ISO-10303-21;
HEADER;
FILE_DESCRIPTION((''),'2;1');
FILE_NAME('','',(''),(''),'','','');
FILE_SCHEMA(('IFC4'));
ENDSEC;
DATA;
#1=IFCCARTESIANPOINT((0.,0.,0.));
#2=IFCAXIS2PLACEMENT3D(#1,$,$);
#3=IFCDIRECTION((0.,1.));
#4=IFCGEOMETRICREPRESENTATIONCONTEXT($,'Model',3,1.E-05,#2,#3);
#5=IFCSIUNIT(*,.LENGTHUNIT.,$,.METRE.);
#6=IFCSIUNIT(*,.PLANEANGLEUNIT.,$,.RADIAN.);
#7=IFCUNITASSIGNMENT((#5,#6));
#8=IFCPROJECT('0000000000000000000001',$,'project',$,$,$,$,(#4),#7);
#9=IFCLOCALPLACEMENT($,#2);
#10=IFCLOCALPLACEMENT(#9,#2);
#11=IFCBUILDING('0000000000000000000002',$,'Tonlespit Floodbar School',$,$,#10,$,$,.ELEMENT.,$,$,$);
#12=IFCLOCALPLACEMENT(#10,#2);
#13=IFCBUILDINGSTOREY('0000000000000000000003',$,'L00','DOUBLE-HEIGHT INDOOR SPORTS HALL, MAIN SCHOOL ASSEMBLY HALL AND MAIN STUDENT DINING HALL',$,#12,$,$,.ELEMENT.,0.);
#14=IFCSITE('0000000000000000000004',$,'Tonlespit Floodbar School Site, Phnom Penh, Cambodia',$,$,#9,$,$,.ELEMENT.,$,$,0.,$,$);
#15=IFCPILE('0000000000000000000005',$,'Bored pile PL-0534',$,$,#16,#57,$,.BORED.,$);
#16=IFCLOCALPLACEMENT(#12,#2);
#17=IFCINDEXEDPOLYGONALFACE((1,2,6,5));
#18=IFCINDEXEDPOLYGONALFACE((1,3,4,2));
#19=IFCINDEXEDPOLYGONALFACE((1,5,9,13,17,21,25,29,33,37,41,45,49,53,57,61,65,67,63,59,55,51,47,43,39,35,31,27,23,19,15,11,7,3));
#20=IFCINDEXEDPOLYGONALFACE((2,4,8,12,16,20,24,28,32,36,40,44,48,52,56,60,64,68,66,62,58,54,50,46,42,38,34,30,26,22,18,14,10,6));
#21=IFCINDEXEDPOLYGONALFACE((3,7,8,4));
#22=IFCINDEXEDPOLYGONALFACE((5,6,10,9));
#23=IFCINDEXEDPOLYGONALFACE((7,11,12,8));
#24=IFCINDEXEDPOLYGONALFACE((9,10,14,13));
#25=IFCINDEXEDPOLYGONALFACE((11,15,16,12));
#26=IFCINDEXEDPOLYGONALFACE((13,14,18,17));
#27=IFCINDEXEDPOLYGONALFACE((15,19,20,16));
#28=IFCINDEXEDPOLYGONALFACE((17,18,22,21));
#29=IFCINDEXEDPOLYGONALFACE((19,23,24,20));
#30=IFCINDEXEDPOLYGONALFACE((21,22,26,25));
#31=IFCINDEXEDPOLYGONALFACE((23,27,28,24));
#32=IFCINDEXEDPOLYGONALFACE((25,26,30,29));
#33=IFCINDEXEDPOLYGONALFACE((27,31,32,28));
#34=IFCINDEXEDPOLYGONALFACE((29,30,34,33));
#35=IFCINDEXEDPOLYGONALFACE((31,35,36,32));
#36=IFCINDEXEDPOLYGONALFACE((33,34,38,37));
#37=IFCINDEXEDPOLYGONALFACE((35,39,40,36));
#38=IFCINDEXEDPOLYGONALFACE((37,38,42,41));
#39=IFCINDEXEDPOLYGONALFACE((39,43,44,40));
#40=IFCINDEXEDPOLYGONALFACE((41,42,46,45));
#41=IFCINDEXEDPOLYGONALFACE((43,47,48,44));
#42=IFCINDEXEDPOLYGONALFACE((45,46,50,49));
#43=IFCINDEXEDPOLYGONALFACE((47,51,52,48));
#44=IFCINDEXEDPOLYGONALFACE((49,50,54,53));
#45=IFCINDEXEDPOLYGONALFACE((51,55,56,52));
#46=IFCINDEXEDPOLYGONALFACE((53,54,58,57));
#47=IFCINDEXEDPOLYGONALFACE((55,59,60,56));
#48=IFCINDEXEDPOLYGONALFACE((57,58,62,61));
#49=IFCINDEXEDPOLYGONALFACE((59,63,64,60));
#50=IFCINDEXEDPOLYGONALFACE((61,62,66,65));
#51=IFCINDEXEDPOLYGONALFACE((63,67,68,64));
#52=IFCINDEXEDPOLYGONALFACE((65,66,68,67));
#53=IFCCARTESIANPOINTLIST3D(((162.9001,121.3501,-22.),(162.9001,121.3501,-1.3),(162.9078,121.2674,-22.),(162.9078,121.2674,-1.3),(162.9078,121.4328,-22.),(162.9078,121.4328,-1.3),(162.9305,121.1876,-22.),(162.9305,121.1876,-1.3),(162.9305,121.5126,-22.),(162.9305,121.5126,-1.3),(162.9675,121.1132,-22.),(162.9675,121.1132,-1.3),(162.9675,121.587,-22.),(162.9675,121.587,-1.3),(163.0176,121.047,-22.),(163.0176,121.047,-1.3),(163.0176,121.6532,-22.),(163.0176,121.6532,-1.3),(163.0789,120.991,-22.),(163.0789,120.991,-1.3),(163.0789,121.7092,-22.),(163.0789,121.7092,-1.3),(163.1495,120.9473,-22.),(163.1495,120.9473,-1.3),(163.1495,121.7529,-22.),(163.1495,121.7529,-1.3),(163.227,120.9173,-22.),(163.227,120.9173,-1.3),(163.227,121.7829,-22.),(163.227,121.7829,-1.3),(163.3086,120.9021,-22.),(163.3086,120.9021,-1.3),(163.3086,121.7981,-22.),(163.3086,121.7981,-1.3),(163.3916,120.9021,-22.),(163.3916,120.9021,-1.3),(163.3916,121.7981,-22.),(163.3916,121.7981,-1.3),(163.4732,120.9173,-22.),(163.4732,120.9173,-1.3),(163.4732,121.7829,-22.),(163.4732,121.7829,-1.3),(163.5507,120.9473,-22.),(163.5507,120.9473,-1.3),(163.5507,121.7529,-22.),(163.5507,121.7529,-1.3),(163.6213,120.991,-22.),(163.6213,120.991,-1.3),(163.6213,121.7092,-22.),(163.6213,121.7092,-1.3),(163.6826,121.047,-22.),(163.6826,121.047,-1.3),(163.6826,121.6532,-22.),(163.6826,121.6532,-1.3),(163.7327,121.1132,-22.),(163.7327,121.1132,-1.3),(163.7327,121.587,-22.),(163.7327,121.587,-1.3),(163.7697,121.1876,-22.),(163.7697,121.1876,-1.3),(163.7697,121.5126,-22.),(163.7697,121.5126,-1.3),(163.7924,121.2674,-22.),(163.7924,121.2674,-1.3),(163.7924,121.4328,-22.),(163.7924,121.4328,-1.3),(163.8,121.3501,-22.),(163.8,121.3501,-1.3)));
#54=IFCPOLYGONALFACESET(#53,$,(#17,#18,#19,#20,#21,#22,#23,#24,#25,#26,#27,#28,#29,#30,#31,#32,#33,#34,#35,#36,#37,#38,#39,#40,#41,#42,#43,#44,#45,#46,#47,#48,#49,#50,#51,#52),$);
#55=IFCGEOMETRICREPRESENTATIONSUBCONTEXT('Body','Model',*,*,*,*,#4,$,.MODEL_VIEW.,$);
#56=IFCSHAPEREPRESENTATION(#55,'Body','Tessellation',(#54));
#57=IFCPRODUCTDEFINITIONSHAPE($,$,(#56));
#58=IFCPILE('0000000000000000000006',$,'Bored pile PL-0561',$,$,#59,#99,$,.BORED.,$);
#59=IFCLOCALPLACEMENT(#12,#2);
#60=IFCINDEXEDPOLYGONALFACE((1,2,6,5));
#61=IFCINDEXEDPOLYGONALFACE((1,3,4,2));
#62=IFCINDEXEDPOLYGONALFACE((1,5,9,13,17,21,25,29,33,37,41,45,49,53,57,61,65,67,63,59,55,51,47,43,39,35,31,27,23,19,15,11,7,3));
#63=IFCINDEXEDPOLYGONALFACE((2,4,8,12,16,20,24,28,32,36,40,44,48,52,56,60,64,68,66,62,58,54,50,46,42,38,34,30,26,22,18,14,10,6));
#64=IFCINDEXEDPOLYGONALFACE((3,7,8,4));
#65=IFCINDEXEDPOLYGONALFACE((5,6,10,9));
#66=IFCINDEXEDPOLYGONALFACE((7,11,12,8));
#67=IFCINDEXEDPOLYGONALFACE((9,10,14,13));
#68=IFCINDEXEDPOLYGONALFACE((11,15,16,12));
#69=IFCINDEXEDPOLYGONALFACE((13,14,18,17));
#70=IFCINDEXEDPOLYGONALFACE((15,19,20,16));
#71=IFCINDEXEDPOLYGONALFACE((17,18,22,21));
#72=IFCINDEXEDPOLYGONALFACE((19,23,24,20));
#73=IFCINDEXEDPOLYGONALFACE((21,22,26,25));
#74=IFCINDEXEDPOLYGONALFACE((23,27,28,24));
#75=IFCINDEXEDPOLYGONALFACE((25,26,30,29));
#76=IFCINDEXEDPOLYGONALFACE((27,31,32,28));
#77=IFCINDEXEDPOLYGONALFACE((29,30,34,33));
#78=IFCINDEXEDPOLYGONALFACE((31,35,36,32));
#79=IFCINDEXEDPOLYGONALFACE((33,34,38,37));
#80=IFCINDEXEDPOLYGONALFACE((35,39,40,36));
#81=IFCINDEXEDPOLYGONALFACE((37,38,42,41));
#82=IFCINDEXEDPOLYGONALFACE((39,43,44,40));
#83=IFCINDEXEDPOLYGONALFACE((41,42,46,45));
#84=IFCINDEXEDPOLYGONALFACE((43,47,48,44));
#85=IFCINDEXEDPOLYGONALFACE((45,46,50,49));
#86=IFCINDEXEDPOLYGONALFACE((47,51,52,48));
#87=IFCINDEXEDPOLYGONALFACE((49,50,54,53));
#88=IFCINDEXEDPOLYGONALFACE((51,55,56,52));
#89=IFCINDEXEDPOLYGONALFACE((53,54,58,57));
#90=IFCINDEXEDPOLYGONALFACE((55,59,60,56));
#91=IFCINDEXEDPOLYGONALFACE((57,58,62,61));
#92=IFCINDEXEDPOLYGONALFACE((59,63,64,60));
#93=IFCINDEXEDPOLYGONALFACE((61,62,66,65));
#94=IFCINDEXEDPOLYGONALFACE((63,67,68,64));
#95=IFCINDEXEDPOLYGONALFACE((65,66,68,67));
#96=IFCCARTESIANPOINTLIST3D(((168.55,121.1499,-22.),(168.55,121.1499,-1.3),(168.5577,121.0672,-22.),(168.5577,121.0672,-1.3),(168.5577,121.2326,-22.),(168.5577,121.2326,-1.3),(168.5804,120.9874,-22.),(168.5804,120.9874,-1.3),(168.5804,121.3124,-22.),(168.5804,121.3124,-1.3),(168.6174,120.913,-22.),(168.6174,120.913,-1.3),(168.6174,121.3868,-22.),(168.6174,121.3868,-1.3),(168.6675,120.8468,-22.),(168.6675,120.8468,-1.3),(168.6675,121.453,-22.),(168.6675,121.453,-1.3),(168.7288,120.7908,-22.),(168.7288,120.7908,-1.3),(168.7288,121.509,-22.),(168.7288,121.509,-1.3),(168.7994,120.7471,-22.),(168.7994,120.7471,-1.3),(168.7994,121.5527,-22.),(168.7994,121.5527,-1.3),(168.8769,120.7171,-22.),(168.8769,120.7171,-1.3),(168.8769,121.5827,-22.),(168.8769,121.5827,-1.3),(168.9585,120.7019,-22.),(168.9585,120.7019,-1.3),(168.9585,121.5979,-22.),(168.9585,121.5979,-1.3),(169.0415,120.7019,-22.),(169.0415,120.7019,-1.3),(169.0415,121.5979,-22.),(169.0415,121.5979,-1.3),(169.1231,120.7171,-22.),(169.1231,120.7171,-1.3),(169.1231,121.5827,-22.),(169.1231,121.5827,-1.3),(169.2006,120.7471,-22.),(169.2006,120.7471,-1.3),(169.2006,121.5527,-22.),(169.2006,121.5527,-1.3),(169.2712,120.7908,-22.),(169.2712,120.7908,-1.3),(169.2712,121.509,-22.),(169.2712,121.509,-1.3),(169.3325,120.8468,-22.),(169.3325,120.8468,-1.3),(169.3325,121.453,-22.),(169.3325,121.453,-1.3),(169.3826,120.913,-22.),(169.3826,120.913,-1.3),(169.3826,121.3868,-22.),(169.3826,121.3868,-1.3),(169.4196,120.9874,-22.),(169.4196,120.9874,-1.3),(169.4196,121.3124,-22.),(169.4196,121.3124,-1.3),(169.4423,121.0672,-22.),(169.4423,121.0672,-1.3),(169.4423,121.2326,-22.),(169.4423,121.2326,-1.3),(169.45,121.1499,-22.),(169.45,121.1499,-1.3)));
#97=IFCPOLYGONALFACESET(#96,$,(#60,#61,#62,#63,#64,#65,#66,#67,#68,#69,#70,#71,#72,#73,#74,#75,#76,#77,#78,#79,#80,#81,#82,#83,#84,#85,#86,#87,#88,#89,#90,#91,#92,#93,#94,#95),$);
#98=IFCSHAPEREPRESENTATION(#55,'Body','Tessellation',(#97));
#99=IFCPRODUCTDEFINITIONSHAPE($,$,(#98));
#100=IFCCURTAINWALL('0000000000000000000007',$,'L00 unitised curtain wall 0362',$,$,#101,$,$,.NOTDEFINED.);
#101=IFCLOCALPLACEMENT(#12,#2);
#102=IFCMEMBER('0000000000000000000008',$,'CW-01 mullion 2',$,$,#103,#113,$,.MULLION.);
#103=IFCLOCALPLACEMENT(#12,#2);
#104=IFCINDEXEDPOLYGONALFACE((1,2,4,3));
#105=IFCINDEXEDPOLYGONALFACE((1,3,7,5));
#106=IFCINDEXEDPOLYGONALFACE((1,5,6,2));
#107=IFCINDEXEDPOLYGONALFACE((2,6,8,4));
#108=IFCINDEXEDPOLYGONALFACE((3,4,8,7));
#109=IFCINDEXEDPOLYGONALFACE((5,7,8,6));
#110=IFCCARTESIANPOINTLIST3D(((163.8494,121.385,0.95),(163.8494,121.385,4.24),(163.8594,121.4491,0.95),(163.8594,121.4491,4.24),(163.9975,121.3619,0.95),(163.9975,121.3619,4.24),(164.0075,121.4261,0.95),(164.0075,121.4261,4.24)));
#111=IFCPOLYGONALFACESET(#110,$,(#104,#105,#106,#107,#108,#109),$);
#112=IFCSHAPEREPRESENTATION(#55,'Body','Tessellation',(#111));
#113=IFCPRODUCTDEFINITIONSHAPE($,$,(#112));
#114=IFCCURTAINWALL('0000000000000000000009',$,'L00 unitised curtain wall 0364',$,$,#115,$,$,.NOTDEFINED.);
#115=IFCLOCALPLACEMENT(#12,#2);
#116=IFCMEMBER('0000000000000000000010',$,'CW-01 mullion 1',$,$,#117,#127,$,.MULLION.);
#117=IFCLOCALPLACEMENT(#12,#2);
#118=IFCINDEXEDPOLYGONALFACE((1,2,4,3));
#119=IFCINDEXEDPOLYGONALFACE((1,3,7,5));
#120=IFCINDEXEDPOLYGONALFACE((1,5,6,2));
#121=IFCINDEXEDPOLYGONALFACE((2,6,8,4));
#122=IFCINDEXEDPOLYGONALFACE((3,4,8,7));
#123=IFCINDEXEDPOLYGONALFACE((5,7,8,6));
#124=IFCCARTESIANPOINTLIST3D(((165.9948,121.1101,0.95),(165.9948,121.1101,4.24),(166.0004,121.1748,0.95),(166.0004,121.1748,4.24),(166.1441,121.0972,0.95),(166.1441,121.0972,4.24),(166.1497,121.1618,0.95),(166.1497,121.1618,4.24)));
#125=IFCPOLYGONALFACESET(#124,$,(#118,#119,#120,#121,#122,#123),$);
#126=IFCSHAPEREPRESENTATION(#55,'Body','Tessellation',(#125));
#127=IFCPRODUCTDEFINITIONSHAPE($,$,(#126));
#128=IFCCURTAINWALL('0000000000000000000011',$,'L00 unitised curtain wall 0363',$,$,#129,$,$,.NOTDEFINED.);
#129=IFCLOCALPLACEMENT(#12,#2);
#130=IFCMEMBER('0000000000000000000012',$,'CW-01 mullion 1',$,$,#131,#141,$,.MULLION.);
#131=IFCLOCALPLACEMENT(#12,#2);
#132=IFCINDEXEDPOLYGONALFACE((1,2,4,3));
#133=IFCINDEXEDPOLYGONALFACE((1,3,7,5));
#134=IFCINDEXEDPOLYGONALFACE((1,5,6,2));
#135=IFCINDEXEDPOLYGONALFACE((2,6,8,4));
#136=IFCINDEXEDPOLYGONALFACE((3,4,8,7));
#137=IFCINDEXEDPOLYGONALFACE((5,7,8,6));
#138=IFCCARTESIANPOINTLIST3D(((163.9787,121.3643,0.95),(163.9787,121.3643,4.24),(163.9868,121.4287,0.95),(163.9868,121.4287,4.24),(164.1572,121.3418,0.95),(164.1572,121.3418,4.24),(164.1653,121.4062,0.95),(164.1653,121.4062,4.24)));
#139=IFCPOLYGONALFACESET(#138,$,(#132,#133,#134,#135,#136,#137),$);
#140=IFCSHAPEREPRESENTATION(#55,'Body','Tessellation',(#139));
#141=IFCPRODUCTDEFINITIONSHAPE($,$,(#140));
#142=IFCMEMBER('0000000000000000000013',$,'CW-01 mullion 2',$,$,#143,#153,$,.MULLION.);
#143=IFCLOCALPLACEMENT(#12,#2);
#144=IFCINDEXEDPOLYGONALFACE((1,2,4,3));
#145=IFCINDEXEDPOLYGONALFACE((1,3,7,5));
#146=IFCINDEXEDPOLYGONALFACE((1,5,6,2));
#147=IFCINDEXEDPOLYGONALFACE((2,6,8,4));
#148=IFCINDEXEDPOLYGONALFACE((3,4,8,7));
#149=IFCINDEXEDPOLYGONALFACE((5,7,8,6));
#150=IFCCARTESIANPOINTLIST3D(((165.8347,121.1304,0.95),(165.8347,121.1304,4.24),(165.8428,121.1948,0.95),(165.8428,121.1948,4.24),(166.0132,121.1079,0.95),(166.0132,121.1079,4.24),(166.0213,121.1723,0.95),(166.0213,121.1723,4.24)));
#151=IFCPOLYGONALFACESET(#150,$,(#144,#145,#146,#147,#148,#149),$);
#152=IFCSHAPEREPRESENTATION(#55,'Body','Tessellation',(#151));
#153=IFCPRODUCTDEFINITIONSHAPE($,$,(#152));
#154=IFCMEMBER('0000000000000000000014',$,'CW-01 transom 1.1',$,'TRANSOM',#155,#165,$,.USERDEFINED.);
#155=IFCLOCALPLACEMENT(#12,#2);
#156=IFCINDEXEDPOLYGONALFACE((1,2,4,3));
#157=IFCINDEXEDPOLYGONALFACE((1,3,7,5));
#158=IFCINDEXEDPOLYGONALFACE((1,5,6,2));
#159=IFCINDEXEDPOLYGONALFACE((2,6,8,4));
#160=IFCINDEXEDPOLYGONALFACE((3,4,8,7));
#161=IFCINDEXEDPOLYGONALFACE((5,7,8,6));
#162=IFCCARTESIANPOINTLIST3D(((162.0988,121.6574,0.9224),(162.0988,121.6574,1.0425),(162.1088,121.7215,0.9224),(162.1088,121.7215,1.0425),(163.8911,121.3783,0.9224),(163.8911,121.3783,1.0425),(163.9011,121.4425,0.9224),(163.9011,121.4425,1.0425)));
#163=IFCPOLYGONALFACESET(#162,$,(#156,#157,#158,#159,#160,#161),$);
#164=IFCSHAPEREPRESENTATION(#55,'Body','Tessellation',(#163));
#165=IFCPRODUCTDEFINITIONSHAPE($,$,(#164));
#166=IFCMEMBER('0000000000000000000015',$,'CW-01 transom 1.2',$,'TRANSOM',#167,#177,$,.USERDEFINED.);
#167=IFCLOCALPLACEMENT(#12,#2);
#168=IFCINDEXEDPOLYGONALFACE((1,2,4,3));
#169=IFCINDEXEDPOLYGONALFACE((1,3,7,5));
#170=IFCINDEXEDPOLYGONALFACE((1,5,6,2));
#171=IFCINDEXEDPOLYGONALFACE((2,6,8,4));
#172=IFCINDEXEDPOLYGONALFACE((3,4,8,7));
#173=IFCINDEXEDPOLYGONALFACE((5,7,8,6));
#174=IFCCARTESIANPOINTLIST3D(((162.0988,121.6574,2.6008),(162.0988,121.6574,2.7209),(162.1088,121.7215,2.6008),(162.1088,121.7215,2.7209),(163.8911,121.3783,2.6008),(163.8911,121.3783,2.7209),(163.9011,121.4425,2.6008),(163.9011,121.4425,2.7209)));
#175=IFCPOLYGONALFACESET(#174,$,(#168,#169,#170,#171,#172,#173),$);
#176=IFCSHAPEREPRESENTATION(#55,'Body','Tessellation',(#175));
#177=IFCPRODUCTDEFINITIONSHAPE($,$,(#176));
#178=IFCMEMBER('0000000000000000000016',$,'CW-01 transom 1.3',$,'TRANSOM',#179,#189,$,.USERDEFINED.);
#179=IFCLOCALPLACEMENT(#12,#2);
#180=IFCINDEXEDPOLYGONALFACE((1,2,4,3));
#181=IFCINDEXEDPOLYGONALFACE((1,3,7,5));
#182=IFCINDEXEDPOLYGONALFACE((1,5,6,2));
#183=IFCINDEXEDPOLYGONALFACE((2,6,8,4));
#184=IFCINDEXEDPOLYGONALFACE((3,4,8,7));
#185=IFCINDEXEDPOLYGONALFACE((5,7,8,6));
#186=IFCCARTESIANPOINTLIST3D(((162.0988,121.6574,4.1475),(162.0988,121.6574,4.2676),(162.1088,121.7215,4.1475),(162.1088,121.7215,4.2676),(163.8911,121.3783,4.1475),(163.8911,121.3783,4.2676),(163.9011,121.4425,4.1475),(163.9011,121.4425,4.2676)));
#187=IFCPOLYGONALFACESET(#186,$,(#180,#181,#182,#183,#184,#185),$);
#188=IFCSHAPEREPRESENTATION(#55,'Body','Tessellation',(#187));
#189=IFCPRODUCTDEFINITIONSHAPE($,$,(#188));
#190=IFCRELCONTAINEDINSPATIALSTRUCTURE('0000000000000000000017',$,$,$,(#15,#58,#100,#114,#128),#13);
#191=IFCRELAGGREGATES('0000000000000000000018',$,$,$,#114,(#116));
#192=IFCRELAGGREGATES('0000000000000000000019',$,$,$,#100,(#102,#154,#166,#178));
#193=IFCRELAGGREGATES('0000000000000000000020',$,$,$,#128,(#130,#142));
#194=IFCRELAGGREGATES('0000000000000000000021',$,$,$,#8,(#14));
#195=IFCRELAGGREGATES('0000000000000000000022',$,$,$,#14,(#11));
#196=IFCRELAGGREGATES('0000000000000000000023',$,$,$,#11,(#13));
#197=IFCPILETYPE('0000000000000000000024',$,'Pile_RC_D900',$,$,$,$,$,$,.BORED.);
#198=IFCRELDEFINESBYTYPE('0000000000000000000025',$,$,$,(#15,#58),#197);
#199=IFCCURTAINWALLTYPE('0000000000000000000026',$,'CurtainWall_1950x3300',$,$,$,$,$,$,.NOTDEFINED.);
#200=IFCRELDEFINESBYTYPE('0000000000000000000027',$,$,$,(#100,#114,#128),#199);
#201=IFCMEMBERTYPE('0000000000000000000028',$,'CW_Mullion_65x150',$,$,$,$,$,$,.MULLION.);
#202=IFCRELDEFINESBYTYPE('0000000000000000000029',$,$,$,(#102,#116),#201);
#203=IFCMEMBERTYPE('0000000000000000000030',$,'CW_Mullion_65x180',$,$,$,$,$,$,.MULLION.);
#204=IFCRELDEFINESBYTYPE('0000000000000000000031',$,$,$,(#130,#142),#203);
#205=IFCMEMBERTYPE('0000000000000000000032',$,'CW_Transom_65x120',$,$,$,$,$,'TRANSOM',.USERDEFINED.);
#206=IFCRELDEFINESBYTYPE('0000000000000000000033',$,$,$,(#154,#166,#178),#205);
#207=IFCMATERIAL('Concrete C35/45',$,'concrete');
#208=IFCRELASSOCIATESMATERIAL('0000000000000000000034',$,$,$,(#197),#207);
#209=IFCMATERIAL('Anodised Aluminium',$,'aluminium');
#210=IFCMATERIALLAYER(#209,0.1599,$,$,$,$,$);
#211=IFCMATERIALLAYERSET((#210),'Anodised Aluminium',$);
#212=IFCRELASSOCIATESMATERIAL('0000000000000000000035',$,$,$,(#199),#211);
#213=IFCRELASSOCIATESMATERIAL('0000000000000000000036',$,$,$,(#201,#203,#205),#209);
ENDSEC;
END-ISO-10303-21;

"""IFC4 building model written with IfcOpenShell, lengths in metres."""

from ifc_helpers import new_model, si_unit, direction, frame, origin, origin_2d, place, context, subcontext, project, spatial, rectangle, circle, extrude, material, layer, layer_set, material_profile, profile_set, type_object, element, aggregate, save


model = new_model("IFC4")

# Units and contexts
model_context = context("Model", 3, precision=1e-05, world=origin(), true_north=direction((0.0, 1.0)))
body_context = subcontext(model_context, "Body", "Model", "MODEL_VIEW")
ifc_project = project(units=[si_unit("LENGTHUNIT", "METRE"), si_unit("PLANEANGLEUNIT", "RADIAN")], contexts=[model_context])

# Site, building, storey
site_placement = place(None, origin())
site = spatial("IfcSite", under=ifc_project, at=site_placement, Name="Tonlespit Floodbar School Site, Phnom Penh, Cambodia", CompositionType="ELEMENT", RefElevation=0.0)
building_placement = place(site_placement, origin())
building = spatial("IfcBuilding", under=site, at=building_placement, Name="Tonlespit Floodbar School", CompositionType="ELEMENT")
storey_placement = place(building_placement, origin())
storey = spatial("IfcBuildingStorey", under=building, at=storey_placement, Name="L00", Description="DOUBLE-HEIGHT INDOOR SPORTS HALL, MAIN SCHOOL ASSEMBLY HALL AND MAIN STUDENT DINING HALL", CompositionType="ELEMENT", Elevation=0.0)

# Piles
ifc_material_1 = material(Name="Concrete C35/45", Category="concrete")
ifc_material_profile_1 = material_profile(ifc_material_1, circle(Radius=0.45, at=origin_2d()), Name="BP D900")
ifc_profile_set_1 = profile_set([ifc_material_profile_1], Name="Concrete C35/45")
pile_type = type_object("IfcPileType", Name="Pile_RC_D900", PredefinedType="BORED", material=ifc_profile_set_1)
for number, where, z_axis, x_axis, name in (
    (1, (163.3501, 121.3501, -1.3), (0.0, 0.0, -1.0), (1.0, 0.0, 0.0), "Bored pile PL-0534"),
    (2, (169.0, 121.1499, -1.3), (0.0, 0.0, -1.0), (1.0, 0.0, 0.0), "Bored pile PL-0561"),
):
    element("IfcPile", number, at=place(storey_placement, frame(where, z_axis=z_axis, x_axis=x_axis)), inside=storey, type_object=pile_type, Name=name, PredefinedType="BORED", context=body_context, shape_type="SweptSolid", body=[
        extrude(circle(Radius=0.45, at=origin_2d()), origin(), (0.0, 0.0, 1.0), 20.7),
    ])

# Curtain walls, members
ifc_material_2 = material(Name="Anodised Aluminium", Category="aluminium")
ifc_layer_1 = layer(ifc_material_2, 0.1599)
ifc_layer_set_1 = layer_set([ifc_layer_1], Name="Anodised Aluminium")
curtain_wall_type = type_object("IfcCurtainWallType", Name="CurtainWall_1950x3300", PredefinedType="NOTDEFINED", material=ifc_layer_set_1)
curtain_wall_1_placement = place(storey_placement, origin())
curtain_wall_1 = element("IfcCurtainWall", 3, at=curtain_wall_1_placement, inside=storey, type_object=curtain_wall_type, Name="L00 unitised curtain wall 0362", PredefinedType="NOTDEFINED")
ifc_material_profile_2 = material_profile(ifc_material_2, rectangle(XDim=0.0649, YDim=0.1499, at=origin_2d()), Name="ALU M65x150")
ifc_profile_set_2 = profile_set([ifc_material_profile_2], Name="Anodised Aluminium")
member_type_1 = type_object("IfcMemberType", Name="CW_Mullion_65x150", PredefinedType="MULLION", material=ifc_profile_set_2)
member_1_placement = place(storey_placement, frame((163.9285, 121.4055, 0.95), z_axis=(0.0, 0.0, 1.0), x_axis=(0.153796, 0.988103, 0.0)))
member_1 = element("IfcMember", 4, at=member_1_placement, type_object=member_type_1, Name="CW-01 mullion 2", PredefinedType="MULLION", context=body_context, shape_type="SweptSolid", body=[
    extrude(rectangle(XDim=0.0649, YDim=0.1499, at=origin_2d()), origin(), (0.0, 0.0, 1.0), 3.29),
])
curtain_wall_2_placement = place(storey_placement, origin())
curtain_wall_2 = element("IfcCurtainWall", 5, at=curtain_wall_2_placement, inside=storey, type_object=curtain_wall_type, Name="L00 unitised curtain wall 0364", PredefinedType="NOTDEFINED")
member_2_placement = place(storey_placement, frame((166.0723, 121.136, 0.95), z_axis=(0.0, 0.0, 1.0), x_axis=(0.086531, 0.996249, 0.0)))
member_2 = element("IfcMember", 6, at=member_2_placement, type_object=member_type_1, Name="CW-01 mullion 1", PredefinedType="MULLION", context=body_context, shape_type="SweptSolid", body=[
    extrude(rectangle(XDim=0.0649, YDim=0.1499, at=origin_2d()), origin(), (0.0, 0.0, 1.0), 3.29),
])

# Curtain wall, members
curtain_wall_3_placement = place(storey_placement, origin())
curtain_wall_3 = element("IfcCurtainWall", 7, at=curtain_wall_3_placement, inside=storey, type_object=curtain_wall_type, Name="L00 unitised curtain wall 0363", PredefinedType="NOTDEFINED")
ifc_material_profile_3 = material_profile(ifc_material_2, rectangle(XDim=0.0649, YDim=0.1799, at=origin_2d()), Name="ALU M65x180")
ifc_profile_set_3 = profile_set([ifc_material_profile_3], Name="Anodised Aluminium")
member_type_2 = type_object("IfcMemberType", Name="CW_Mullion_65x180", PredefinedType="MULLION", material=ifc_profile_set_3)
member_3_placement = place(storey_placement, frame((164.072, 121.3853, 0.95), z_axis=(0.0, 0.0, 1.0), x_axis=(0.125014, 0.992155, 0.0)))
member_3 = element("IfcMember", 8, at=member_3_placement, type_object=member_type_2, Name="CW-01 mullion 1", PredefinedType="MULLION", context=body_context, shape_type="SweptSolid", body=[
    extrude(rectangle(XDim=0.0649, YDim=0.1799, at=origin_2d()), origin(), (0.0, 0.0, 1.0), 3.29),
])
member_4_placement = place(storey_placement, frame((165.928, 121.1514, 0.95), z_axis=(0.0, 0.0, 1.0), x_axis=(0.125014, 0.992155, 0.0)))
member_4 = element("IfcMember", 9, at=member_4_placement, type_object=member_type_2, Name="CW-01 mullion 2", PredefinedType="MULLION", context=body_context, shape_type="SweptSolid", body=[
    extrude(rectangle(XDim=0.0649, YDim=0.1799, at=origin_2d()), origin(), (0.0, 0.0, 1.0), 3.29),
])

# Members
ifc_material_profile_4 = material_profile(ifc_material_2, rectangle(XDim=0.0649, YDim=0.1201, at=origin_2d()), Name="ALU T65x120")
ifc_profile_set_4 = profile_set([ifc_material_profile_4], Name="Anodised Aluminium")
member_type_3 = type_object("IfcMemberType", Name="CW_Transom_65x120", ElementType="TRANSOM", PredefinedType="USERDEFINED", material=ifc_profile_set_4)
member_5_placement = place(storey_placement, frame((162.1038, 121.6895, 0.9824), z_axis=(0.988098, -0.153827, 0.0), x_axis=(0.153827, 0.988098, 0.0)))
member_5 = element("IfcMember", 10, at=member_5_placement, type_object=member_type_3, Name="CW-01 transom 1.1", ObjectType="TRANSOM", PredefinedType="USERDEFINED", context=body_context, shape_type="SweptSolid", body=[
    extrude(rectangle(XDim=0.0649, YDim=0.1201, at=origin_2d()), origin(), (0.0, 0.0, 1.0), 1.814),
])
member_6_placement = place(storey_placement, frame((162.1038, 121.6895, 2.6609), z_axis=(0.988098, -0.153827, 0.0), x_axis=(0.153827, 0.988098, 0.0)))
member_6 = element("IfcMember", 11, at=member_6_placement, type_object=member_type_3, Name="CW-01 transom 1.2", ObjectType="TRANSOM", PredefinedType="USERDEFINED", context=body_context, shape_type="SweptSolid", body=[
    extrude(rectangle(XDim=0.0649, YDim=0.1201, at=origin_2d()), origin(), (0.0, 0.0, 1.0), 1.814),
])
member_7_placement = place(storey_placement, frame((162.1038, 121.6895, 4.2075), z_axis=(0.988098, -0.153827, 0.0), x_axis=(0.153827, 0.988098, 0.0)))
member_7 = element("IfcMember", 12, at=member_7_placement, type_object=member_type_3, Name="CW-01 transom 1.3", ObjectType="TRANSOM", PredefinedType="USERDEFINED", context=body_context, shape_type="SweptSolid", body=[
    extrude(rectangle(XDim=0.0649, YDim=0.1201, at=origin_2d()), origin(), (0.0, 0.0, 1.0), 1.814),
])
aggregate(curtain_wall_2, [member_2])

aggregate(curtain_wall_1, [member_1, member_5, member_6, member_7])
aggregate(curtain_wall_3, [member_3, member_4])

save(model, "model.ifc")
